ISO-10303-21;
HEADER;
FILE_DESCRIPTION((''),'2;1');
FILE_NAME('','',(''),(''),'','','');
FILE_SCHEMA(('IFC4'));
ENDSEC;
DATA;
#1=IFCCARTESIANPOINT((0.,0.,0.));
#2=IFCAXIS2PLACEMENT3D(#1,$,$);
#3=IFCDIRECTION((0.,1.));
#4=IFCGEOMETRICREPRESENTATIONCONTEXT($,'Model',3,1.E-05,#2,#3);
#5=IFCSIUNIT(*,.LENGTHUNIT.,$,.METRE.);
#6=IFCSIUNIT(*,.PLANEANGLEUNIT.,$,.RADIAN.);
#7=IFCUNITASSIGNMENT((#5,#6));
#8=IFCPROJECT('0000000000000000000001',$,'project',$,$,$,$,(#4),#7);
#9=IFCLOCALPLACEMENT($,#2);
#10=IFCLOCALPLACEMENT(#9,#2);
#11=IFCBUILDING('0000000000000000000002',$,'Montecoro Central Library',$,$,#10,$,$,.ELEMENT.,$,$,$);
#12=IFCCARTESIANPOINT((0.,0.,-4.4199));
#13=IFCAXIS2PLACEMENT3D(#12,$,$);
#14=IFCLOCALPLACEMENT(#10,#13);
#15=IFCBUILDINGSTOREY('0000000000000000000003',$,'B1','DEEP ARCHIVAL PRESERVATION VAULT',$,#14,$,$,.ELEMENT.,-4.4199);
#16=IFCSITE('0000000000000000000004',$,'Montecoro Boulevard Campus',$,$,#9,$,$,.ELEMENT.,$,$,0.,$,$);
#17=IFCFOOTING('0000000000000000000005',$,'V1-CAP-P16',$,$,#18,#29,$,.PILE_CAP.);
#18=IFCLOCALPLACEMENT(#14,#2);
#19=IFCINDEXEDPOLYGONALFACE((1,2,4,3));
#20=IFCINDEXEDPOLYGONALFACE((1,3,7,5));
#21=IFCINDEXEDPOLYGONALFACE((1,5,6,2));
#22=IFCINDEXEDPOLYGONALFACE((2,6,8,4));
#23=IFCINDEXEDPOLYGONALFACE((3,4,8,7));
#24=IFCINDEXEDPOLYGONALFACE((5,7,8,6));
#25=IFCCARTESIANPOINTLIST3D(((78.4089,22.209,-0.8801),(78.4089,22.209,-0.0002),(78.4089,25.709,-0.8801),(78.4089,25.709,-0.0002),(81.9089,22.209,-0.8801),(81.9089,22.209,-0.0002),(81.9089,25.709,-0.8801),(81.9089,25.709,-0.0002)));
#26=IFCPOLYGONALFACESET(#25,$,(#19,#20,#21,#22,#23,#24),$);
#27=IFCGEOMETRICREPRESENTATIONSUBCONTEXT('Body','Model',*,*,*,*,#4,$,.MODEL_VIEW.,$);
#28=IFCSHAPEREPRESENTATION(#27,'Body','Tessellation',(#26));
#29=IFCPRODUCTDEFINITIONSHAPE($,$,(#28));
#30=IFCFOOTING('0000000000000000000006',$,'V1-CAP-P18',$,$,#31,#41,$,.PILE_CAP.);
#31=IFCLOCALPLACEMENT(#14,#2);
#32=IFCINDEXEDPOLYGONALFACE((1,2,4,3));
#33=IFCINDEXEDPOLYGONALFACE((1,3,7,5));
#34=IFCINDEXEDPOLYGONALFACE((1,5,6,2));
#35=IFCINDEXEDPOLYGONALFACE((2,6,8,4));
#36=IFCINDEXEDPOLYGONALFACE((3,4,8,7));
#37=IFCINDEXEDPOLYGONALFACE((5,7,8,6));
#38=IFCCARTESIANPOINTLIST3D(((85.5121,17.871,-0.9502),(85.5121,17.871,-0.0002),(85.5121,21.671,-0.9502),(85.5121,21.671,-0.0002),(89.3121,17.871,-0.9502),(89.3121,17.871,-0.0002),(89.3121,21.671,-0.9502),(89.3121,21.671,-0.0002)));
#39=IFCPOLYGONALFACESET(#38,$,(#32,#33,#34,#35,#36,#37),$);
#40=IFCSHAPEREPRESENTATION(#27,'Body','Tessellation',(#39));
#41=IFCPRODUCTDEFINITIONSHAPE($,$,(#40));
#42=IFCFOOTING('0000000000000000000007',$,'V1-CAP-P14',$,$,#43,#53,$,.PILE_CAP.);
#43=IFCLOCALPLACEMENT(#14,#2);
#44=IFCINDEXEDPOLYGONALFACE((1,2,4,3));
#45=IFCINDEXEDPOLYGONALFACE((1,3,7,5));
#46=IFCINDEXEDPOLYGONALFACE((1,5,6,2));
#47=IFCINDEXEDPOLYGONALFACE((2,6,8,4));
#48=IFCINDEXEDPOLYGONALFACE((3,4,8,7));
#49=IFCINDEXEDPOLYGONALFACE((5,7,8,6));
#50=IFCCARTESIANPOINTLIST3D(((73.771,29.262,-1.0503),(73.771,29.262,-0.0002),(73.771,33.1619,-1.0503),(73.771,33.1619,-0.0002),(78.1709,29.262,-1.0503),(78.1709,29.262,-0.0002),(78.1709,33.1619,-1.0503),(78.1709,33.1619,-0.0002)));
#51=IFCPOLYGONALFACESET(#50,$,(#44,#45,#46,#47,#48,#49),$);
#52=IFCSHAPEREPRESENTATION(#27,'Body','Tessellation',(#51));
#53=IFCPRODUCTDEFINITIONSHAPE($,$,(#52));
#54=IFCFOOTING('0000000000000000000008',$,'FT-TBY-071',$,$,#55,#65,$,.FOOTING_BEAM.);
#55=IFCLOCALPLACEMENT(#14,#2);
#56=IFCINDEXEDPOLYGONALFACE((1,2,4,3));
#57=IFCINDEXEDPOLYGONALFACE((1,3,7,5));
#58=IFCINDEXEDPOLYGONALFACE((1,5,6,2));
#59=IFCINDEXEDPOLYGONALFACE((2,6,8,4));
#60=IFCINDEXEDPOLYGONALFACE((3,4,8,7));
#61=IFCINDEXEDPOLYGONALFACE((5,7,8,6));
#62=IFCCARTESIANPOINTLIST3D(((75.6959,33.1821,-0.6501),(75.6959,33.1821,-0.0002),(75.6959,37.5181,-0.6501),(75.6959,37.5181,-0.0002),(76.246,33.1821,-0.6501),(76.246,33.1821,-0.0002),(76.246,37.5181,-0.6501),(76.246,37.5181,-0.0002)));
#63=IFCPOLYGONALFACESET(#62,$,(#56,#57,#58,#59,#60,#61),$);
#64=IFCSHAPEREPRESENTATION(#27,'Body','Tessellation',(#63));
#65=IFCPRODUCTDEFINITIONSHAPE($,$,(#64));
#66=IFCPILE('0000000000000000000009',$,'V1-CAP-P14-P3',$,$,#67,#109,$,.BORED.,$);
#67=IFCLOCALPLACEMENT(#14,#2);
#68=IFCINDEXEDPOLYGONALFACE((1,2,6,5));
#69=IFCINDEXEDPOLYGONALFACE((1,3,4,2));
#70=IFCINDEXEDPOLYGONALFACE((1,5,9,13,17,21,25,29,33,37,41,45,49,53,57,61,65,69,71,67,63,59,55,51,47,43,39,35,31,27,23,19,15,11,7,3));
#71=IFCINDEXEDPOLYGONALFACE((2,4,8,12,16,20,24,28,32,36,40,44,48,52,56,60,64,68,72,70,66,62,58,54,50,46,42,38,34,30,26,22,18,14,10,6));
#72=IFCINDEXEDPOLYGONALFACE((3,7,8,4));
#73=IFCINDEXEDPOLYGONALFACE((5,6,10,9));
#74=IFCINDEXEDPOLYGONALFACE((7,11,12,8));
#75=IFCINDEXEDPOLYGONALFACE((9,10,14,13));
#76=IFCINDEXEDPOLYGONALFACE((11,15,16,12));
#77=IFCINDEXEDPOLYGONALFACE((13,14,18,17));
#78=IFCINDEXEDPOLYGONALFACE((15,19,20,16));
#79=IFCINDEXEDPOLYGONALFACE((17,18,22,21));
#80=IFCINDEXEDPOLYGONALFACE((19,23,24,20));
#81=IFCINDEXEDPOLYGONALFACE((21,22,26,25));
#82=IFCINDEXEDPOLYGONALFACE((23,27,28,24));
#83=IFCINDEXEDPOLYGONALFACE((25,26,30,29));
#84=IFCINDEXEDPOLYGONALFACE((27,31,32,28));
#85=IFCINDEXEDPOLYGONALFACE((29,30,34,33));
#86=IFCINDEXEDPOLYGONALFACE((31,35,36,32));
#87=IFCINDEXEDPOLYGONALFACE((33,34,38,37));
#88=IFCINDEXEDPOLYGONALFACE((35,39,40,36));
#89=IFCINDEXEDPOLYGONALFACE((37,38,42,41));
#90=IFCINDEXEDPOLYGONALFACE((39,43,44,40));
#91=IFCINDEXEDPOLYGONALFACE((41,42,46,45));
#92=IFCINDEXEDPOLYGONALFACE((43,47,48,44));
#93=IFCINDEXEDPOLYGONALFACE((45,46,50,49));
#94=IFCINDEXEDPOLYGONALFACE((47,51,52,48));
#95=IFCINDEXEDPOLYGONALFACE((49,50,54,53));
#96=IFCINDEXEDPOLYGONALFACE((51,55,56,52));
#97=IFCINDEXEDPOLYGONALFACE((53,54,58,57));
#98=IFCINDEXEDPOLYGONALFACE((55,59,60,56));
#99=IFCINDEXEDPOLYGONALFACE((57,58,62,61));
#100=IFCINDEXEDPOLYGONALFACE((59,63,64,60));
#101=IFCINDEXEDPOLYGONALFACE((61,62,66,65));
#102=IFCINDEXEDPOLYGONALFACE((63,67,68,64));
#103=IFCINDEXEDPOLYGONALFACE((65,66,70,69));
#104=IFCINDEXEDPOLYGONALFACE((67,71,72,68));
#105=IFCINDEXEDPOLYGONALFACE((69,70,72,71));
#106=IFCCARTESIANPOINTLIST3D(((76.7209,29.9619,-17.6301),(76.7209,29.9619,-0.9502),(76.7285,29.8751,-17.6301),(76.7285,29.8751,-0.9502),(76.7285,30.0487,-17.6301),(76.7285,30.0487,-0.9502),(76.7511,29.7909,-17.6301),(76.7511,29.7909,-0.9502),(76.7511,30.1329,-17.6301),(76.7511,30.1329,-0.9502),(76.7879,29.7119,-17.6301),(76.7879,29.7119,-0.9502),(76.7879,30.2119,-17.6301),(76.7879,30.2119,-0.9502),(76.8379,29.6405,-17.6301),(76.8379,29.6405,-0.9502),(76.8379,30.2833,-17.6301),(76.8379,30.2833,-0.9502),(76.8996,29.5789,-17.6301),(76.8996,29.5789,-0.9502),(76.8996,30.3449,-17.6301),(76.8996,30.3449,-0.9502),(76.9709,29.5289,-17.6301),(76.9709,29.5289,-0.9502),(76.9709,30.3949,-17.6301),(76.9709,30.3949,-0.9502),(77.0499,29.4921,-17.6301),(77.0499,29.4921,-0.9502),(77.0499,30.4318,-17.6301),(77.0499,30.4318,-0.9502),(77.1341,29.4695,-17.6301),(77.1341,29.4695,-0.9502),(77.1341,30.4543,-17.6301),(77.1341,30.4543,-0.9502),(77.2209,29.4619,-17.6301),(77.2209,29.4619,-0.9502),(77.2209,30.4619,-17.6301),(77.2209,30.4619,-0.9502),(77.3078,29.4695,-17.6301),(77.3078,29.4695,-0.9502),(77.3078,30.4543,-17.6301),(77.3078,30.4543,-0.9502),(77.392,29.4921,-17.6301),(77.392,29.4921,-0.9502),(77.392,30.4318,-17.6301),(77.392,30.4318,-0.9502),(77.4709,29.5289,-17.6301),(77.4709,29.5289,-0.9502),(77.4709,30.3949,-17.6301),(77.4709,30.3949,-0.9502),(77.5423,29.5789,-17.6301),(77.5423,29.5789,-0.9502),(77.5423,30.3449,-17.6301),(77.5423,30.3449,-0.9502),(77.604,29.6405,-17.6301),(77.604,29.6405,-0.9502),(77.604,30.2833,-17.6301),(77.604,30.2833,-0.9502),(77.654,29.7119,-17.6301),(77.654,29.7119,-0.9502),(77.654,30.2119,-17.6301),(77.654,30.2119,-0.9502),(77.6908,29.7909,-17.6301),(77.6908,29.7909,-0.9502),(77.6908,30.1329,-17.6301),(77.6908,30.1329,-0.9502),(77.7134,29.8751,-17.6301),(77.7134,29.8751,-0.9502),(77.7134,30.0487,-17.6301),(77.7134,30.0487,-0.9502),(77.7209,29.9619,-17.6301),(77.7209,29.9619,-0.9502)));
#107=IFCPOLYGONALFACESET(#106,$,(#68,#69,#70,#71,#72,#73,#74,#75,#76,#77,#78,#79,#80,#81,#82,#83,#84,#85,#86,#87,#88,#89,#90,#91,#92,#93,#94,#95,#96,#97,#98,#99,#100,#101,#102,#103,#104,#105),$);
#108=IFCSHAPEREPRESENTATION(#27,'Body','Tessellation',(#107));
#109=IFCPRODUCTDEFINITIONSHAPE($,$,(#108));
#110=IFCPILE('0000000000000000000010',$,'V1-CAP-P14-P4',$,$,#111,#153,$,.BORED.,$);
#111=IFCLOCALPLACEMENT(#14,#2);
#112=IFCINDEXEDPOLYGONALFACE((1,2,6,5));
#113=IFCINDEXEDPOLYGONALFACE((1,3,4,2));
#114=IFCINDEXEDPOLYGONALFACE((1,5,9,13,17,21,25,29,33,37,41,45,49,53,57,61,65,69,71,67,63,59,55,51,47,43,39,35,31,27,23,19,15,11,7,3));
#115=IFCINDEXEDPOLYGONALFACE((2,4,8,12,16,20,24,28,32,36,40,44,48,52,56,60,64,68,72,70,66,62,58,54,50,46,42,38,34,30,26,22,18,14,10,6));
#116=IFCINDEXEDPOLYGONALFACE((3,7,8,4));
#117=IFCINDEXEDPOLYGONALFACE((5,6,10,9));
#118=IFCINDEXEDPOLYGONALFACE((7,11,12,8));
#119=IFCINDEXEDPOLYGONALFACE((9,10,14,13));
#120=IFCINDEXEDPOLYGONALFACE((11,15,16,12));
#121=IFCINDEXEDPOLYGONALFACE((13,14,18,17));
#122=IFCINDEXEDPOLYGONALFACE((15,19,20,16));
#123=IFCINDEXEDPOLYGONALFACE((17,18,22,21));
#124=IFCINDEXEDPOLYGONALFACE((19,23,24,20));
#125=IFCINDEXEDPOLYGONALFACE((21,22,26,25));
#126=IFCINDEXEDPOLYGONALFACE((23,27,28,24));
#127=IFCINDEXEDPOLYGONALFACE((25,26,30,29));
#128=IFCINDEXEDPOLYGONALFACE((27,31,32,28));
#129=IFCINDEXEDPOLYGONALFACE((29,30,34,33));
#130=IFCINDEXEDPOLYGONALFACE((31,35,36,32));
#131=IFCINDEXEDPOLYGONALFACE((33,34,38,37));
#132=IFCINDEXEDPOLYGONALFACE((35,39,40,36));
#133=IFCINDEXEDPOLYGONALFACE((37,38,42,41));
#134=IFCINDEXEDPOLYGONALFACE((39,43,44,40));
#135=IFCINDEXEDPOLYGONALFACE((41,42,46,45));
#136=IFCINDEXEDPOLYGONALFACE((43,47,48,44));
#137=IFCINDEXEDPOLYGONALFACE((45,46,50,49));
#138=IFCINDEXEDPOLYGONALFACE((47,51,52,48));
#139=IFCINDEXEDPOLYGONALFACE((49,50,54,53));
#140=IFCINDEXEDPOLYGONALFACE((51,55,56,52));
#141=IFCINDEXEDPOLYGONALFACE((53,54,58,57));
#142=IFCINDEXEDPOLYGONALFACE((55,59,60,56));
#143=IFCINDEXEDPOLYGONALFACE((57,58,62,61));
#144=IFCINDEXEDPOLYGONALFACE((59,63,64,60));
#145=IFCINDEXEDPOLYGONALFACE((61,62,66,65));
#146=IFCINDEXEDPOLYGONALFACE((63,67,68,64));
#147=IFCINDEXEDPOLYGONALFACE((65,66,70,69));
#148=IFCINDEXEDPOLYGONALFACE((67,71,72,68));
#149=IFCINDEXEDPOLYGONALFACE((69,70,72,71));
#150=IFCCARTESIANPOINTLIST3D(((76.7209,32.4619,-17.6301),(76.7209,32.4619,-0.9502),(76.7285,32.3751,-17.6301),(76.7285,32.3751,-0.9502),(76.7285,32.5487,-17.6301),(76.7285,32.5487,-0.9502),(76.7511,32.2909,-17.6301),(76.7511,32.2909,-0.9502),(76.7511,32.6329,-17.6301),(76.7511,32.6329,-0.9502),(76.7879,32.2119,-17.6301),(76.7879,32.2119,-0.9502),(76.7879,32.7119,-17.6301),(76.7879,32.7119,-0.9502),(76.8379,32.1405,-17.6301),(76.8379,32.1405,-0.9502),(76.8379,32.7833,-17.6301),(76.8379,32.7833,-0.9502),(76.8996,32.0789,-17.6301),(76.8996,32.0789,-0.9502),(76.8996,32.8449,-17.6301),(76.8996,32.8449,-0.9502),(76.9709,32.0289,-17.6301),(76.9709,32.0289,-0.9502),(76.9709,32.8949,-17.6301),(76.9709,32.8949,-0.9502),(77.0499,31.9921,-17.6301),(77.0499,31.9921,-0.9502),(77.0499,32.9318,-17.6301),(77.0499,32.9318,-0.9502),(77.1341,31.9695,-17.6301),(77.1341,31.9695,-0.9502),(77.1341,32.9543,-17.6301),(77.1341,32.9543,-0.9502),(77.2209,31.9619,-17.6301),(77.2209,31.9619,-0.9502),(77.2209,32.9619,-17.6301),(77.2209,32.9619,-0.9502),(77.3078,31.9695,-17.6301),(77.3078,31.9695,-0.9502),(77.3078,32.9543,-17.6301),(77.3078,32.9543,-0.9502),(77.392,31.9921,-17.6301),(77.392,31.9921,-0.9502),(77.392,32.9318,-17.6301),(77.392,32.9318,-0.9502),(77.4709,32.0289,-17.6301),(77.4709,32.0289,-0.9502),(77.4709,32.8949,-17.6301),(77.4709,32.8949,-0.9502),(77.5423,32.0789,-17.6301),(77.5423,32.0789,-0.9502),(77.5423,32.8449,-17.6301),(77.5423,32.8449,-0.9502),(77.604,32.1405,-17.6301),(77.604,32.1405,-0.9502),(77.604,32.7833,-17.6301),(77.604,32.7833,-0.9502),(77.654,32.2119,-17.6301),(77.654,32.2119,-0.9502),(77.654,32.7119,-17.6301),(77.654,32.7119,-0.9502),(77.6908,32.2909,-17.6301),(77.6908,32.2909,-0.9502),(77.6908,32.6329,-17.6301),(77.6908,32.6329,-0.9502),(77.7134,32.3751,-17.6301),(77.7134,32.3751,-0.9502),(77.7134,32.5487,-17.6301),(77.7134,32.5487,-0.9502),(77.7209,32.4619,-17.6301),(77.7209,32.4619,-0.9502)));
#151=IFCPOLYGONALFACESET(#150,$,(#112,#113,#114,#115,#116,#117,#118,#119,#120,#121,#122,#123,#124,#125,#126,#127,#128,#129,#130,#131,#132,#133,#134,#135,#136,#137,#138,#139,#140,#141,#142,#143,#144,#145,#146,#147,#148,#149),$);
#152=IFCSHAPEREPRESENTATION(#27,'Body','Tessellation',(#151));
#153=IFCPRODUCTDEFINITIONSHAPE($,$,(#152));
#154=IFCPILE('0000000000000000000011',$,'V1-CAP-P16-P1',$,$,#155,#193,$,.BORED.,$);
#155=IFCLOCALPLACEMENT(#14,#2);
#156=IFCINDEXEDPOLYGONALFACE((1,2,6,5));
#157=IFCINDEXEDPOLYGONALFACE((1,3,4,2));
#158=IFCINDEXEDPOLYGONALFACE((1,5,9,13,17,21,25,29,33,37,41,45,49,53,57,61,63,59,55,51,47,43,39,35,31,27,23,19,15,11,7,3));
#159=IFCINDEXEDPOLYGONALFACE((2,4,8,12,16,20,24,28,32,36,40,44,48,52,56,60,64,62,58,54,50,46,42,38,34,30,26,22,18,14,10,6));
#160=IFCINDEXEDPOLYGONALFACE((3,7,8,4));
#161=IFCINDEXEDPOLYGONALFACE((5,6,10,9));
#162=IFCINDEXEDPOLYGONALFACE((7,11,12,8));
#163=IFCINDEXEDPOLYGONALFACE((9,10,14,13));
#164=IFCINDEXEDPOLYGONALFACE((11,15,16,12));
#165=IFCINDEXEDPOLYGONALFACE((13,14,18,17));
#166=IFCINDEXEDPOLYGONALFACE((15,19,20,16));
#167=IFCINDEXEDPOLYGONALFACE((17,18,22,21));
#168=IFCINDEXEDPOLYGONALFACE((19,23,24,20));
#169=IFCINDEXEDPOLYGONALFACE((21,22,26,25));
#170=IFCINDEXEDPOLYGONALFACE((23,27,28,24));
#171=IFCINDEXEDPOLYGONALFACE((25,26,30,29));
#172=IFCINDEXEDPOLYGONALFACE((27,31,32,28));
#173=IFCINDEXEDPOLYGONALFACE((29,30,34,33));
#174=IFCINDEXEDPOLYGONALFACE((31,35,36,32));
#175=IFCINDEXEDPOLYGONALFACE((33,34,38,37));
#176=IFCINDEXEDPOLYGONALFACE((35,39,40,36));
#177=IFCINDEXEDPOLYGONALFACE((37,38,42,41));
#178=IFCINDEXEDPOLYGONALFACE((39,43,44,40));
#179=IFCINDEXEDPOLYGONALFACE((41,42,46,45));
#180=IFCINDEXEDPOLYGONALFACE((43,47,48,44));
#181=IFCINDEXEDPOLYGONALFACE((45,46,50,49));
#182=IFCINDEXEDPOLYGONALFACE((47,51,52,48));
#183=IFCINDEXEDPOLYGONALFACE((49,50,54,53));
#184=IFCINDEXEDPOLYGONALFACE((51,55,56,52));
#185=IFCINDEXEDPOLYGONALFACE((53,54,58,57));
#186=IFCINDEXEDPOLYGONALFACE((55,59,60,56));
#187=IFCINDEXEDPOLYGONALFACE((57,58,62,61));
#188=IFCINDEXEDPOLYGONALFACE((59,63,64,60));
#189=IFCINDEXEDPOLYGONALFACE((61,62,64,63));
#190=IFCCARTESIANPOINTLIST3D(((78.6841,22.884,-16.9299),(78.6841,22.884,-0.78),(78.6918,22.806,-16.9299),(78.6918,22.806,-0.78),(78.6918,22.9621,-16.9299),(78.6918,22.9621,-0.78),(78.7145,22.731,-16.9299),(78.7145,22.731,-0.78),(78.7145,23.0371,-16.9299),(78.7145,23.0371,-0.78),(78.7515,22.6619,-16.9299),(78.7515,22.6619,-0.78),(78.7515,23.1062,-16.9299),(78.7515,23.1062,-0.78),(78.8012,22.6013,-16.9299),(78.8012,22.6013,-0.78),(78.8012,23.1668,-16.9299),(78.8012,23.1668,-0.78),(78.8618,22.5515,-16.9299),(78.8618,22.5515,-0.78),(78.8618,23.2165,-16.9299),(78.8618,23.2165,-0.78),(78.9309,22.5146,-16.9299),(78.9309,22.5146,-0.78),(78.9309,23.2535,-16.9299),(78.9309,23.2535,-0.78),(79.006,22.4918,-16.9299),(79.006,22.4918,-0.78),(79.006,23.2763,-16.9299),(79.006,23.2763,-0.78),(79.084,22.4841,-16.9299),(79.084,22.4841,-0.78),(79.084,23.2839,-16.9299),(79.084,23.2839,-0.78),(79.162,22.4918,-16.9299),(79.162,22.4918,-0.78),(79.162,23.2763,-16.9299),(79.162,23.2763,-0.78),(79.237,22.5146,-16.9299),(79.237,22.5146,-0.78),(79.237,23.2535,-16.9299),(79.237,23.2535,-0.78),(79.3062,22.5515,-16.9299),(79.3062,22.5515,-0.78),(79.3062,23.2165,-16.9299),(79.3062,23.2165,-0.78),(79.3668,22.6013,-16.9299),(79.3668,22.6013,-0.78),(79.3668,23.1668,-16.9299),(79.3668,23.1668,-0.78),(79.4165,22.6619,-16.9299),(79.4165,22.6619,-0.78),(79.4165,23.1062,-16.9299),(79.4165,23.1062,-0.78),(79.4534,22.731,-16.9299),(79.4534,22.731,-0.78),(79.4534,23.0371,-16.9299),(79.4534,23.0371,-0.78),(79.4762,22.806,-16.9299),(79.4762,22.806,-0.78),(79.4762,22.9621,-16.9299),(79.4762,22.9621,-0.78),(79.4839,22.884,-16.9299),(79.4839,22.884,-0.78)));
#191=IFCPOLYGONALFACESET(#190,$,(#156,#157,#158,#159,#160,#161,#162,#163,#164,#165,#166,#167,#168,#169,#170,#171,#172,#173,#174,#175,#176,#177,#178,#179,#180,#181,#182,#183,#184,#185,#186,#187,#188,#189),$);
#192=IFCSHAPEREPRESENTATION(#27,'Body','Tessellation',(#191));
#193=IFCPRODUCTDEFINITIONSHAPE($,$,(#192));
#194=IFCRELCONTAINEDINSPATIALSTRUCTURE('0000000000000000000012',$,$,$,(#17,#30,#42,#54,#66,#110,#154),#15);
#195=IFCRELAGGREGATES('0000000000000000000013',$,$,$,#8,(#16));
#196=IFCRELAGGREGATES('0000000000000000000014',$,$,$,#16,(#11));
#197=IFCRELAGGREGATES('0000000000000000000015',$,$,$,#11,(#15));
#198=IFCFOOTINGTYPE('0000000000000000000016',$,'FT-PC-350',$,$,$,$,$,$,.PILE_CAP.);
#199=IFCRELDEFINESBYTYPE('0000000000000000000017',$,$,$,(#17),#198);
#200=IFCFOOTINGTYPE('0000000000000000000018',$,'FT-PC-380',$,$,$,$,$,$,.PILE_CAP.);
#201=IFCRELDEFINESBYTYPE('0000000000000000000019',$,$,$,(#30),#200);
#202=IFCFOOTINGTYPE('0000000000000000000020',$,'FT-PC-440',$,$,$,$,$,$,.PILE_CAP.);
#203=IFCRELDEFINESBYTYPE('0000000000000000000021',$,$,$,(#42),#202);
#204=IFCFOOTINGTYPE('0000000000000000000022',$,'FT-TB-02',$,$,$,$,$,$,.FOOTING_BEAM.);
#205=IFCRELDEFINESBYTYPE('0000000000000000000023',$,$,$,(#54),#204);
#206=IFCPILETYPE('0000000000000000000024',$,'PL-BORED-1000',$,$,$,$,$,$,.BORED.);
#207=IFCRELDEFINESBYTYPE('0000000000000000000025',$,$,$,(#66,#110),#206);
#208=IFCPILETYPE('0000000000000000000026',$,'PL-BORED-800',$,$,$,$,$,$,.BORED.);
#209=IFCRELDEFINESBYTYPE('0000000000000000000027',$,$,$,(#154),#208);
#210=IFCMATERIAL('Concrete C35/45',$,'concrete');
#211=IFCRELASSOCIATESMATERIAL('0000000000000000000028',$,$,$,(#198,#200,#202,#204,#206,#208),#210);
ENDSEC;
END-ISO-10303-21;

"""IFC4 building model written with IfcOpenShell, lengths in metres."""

from ifc_helpers import new_model, si_unit, direction, frame, origin, origin_2d, place, context, subcontext, project, spatial, rectangle, circle, extrude, material, material_profile, profile_set, type_object, element, save


model = new_model("IFC4")

# Units and contexts
model_context = context("Model", 3, precision=1e-05, world=origin(), true_north=direction((0.0, 1.0)))
body_context = subcontext(model_context, "Body", "Model", "MODEL_VIEW")
ifc_project = project(units=[si_unit("LENGTHUNIT", "METRE"), si_unit("PLANEANGLEUNIT", "RADIAN")], contexts=[model_context])

# Site, building, storey
site_placement = place(None, origin())
site = spatial("IfcSite", under=ifc_project, at=site_placement, Name="Montecoro Boulevard Campus", CompositionType="ELEMENT", RefElevation=0.0)
building_placement = place(site_placement, origin())
building = spatial("IfcBuilding", under=site, at=building_placement, Name="Montecoro Central Library", CompositionType="ELEMENT")
storey_placement = place(building_placement, frame((0.0, 0.0, -4.4199)))
storey = spatial("IfcBuildingStorey", under=building, at=storey_placement, Name="B1", Description="DEEP ARCHIVAL PRESERVATION VAULT", CompositionType="ELEMENT", Elevation=-4.4199)

# Footings
ifc_material_1 = material(Name="Concrete C35/45", Category="concrete")
footing_type_1 = type_object("IfcFootingType", Name="FT-PC-350", PredefinedType="PILE_CAP", material=ifc_material_1)
footing_1_placement = place(storey_placement, frame((80.1589, 23.959, -0.8801), z_axis=(0.0, 0.0, 1.0), x_axis=(1.0, 0.0, 0.0)))
element("IfcFooting", 1, at=footing_1_placement, inside=storey, type_object=footing_type_1, Name="V1-CAP-P16", PredefinedType="PILE_CAP", context=body_context, shape_type="SweptSolid", body=[
    extrude(rectangle(XDim=3.5, YDim=3.5, at=origin_2d()), origin(), (0.0, 0.0, 1.0), 0.8799),
])
footing_type_2 = type_object("IfcFootingType", Name="FT-PC-380", PredefinedType="PILE_CAP", material=ifc_material_1)
footing_2_placement = place(storey_placement, frame((87.4121, 19.771, -0.9502), z_axis=(0.0, 0.0, 1.0), x_axis=(1.0, 0.0, 0.0)))
element("IfcFooting", 2, at=footing_2_placement, inside=storey, type_object=footing_type_2, Name="V1-CAP-P18", PredefinedType="PILE_CAP", context=body_context, shape_type="SweptSolid", body=[
    extrude(rectangle(XDim=3.8, YDim=3.8, at=origin_2d()), origin(), (0.0, 0.0, 1.0), 0.95),
])
footing_type_3 = type_object("IfcFootingType", Name="FT-PC-440", PredefinedType="PILE_CAP", material=ifc_material_1)
footing_3_placement = place(storey_placement, frame((75.9709, 31.2119, -1.0503), z_axis=(0.0, 0.0, 1.0), x_axis=(1.0, 0.0, 0.0)))
element("IfcFooting", 3, at=footing_3_placement, inside=storey, type_object=footing_type_3, Name="V1-CAP-P14", PredefinedType="PILE_CAP", context=body_context, shape_type="SweptSolid", body=[
    extrude(rectangle(XDim=4.3999, YDim=3.8999, at=origin_2d()), origin(), (0.0, 0.0, 1.0), 1.05),
])
footing_type_4 = type_object("IfcFootingType", Name="FT-TB-02", PredefinedType="FOOTING_BEAM", material=ifc_material_1)
footing_4_placement = place(storey_placement, frame((75.9709, 35.3501, -0.6501), z_axis=(0.0, 0.0, 1.0), x_axis=(1.0, 0.0, 0.0)))
element("IfcFooting", 4, at=footing_4_placement, inside=storey, type_object=footing_type_4, Name="FT-TBY-071", PredefinedType="FOOTING_BEAM", context=body_context, shape_type="SweptSolid", body=[
    extrude(rectangle(XDim=0.55, YDim=4.3359, at=origin_2d()), origin(), (0.0, 0.0, 1.0), 0.6499),
])

# Piles
ifc_material_profile_1 = material_profile(ifc_material_1, circle(Radius=0.5, at=origin_2d()), Name="PILE D1000")
ifc_profile_set_1 = profile_set([ifc_material_profile_1], Name="Concrete C35/45")
pile_type_1 = type_object("IfcPileType", Name="PL-BORED-1000", PredefinedType="BORED", material=ifc_profile_set_1)
for number, where, z_axis, x_axis, name in (
    (5, (77.2209, 29.9619, -0.9502), (0.0, 0.0, -1.0), (1.0, 0.0, 0.0), "V1-CAP-P14-P3"),
    (6, (77.2209, 32.4619, -0.9502), (0.0, 0.0, -1.0), (1.0, 0.0, 0.0), "V1-CAP-P14-P4"),
):
    element("IfcPile", number, at=place(storey_placement, frame(where, z_axis=z_axis, x_axis=x_axis)), inside=storey, type_object=pile_type_1, Name=name, PredefinedType="BORED", context=body_context, shape_type="SweptSolid", body=[
        extrude(circle(Radius=0.5, at=origin_2d()), origin(), (0.0, 0.0, 1.0), 16.6799),
    ])
ifc_material_profile_2 = material_profile(ifc_material_1, circle(Radius=0.3999, at=origin_2d()), Name="PILE D800")
ifc_profile_set_2 = profile_set([ifc_material_profile_2], Name="Concrete C35/45")
pile_type_2 = type_object("IfcPileType", Name="PL-BORED-800", PredefinedType="BORED", material=ifc_profile_set_2)
for number, where, z_axis, x_axis, name in (
    (7, (79.084, 22.884, -0.78), (0.0, 0.0, -1.0), (1.0, 0.0, 0.0), "V1-CAP-P16-P1"),
):
    element("IfcPile", number, at=place(storey_placement, frame(where, z_axis=z_axis, x_axis=x_axis)), inside=storey, type_object=pile_type_2, Name=name, PredefinedType="BORED", context=body_context, shape_type="SweptSolid", body=[
        extrude(circle(Radius=0.3999, at=origin_2d()), origin(), (0.0, 0.0, 1.0), 16.1499),
    ])

save(model, "model.ifc")
